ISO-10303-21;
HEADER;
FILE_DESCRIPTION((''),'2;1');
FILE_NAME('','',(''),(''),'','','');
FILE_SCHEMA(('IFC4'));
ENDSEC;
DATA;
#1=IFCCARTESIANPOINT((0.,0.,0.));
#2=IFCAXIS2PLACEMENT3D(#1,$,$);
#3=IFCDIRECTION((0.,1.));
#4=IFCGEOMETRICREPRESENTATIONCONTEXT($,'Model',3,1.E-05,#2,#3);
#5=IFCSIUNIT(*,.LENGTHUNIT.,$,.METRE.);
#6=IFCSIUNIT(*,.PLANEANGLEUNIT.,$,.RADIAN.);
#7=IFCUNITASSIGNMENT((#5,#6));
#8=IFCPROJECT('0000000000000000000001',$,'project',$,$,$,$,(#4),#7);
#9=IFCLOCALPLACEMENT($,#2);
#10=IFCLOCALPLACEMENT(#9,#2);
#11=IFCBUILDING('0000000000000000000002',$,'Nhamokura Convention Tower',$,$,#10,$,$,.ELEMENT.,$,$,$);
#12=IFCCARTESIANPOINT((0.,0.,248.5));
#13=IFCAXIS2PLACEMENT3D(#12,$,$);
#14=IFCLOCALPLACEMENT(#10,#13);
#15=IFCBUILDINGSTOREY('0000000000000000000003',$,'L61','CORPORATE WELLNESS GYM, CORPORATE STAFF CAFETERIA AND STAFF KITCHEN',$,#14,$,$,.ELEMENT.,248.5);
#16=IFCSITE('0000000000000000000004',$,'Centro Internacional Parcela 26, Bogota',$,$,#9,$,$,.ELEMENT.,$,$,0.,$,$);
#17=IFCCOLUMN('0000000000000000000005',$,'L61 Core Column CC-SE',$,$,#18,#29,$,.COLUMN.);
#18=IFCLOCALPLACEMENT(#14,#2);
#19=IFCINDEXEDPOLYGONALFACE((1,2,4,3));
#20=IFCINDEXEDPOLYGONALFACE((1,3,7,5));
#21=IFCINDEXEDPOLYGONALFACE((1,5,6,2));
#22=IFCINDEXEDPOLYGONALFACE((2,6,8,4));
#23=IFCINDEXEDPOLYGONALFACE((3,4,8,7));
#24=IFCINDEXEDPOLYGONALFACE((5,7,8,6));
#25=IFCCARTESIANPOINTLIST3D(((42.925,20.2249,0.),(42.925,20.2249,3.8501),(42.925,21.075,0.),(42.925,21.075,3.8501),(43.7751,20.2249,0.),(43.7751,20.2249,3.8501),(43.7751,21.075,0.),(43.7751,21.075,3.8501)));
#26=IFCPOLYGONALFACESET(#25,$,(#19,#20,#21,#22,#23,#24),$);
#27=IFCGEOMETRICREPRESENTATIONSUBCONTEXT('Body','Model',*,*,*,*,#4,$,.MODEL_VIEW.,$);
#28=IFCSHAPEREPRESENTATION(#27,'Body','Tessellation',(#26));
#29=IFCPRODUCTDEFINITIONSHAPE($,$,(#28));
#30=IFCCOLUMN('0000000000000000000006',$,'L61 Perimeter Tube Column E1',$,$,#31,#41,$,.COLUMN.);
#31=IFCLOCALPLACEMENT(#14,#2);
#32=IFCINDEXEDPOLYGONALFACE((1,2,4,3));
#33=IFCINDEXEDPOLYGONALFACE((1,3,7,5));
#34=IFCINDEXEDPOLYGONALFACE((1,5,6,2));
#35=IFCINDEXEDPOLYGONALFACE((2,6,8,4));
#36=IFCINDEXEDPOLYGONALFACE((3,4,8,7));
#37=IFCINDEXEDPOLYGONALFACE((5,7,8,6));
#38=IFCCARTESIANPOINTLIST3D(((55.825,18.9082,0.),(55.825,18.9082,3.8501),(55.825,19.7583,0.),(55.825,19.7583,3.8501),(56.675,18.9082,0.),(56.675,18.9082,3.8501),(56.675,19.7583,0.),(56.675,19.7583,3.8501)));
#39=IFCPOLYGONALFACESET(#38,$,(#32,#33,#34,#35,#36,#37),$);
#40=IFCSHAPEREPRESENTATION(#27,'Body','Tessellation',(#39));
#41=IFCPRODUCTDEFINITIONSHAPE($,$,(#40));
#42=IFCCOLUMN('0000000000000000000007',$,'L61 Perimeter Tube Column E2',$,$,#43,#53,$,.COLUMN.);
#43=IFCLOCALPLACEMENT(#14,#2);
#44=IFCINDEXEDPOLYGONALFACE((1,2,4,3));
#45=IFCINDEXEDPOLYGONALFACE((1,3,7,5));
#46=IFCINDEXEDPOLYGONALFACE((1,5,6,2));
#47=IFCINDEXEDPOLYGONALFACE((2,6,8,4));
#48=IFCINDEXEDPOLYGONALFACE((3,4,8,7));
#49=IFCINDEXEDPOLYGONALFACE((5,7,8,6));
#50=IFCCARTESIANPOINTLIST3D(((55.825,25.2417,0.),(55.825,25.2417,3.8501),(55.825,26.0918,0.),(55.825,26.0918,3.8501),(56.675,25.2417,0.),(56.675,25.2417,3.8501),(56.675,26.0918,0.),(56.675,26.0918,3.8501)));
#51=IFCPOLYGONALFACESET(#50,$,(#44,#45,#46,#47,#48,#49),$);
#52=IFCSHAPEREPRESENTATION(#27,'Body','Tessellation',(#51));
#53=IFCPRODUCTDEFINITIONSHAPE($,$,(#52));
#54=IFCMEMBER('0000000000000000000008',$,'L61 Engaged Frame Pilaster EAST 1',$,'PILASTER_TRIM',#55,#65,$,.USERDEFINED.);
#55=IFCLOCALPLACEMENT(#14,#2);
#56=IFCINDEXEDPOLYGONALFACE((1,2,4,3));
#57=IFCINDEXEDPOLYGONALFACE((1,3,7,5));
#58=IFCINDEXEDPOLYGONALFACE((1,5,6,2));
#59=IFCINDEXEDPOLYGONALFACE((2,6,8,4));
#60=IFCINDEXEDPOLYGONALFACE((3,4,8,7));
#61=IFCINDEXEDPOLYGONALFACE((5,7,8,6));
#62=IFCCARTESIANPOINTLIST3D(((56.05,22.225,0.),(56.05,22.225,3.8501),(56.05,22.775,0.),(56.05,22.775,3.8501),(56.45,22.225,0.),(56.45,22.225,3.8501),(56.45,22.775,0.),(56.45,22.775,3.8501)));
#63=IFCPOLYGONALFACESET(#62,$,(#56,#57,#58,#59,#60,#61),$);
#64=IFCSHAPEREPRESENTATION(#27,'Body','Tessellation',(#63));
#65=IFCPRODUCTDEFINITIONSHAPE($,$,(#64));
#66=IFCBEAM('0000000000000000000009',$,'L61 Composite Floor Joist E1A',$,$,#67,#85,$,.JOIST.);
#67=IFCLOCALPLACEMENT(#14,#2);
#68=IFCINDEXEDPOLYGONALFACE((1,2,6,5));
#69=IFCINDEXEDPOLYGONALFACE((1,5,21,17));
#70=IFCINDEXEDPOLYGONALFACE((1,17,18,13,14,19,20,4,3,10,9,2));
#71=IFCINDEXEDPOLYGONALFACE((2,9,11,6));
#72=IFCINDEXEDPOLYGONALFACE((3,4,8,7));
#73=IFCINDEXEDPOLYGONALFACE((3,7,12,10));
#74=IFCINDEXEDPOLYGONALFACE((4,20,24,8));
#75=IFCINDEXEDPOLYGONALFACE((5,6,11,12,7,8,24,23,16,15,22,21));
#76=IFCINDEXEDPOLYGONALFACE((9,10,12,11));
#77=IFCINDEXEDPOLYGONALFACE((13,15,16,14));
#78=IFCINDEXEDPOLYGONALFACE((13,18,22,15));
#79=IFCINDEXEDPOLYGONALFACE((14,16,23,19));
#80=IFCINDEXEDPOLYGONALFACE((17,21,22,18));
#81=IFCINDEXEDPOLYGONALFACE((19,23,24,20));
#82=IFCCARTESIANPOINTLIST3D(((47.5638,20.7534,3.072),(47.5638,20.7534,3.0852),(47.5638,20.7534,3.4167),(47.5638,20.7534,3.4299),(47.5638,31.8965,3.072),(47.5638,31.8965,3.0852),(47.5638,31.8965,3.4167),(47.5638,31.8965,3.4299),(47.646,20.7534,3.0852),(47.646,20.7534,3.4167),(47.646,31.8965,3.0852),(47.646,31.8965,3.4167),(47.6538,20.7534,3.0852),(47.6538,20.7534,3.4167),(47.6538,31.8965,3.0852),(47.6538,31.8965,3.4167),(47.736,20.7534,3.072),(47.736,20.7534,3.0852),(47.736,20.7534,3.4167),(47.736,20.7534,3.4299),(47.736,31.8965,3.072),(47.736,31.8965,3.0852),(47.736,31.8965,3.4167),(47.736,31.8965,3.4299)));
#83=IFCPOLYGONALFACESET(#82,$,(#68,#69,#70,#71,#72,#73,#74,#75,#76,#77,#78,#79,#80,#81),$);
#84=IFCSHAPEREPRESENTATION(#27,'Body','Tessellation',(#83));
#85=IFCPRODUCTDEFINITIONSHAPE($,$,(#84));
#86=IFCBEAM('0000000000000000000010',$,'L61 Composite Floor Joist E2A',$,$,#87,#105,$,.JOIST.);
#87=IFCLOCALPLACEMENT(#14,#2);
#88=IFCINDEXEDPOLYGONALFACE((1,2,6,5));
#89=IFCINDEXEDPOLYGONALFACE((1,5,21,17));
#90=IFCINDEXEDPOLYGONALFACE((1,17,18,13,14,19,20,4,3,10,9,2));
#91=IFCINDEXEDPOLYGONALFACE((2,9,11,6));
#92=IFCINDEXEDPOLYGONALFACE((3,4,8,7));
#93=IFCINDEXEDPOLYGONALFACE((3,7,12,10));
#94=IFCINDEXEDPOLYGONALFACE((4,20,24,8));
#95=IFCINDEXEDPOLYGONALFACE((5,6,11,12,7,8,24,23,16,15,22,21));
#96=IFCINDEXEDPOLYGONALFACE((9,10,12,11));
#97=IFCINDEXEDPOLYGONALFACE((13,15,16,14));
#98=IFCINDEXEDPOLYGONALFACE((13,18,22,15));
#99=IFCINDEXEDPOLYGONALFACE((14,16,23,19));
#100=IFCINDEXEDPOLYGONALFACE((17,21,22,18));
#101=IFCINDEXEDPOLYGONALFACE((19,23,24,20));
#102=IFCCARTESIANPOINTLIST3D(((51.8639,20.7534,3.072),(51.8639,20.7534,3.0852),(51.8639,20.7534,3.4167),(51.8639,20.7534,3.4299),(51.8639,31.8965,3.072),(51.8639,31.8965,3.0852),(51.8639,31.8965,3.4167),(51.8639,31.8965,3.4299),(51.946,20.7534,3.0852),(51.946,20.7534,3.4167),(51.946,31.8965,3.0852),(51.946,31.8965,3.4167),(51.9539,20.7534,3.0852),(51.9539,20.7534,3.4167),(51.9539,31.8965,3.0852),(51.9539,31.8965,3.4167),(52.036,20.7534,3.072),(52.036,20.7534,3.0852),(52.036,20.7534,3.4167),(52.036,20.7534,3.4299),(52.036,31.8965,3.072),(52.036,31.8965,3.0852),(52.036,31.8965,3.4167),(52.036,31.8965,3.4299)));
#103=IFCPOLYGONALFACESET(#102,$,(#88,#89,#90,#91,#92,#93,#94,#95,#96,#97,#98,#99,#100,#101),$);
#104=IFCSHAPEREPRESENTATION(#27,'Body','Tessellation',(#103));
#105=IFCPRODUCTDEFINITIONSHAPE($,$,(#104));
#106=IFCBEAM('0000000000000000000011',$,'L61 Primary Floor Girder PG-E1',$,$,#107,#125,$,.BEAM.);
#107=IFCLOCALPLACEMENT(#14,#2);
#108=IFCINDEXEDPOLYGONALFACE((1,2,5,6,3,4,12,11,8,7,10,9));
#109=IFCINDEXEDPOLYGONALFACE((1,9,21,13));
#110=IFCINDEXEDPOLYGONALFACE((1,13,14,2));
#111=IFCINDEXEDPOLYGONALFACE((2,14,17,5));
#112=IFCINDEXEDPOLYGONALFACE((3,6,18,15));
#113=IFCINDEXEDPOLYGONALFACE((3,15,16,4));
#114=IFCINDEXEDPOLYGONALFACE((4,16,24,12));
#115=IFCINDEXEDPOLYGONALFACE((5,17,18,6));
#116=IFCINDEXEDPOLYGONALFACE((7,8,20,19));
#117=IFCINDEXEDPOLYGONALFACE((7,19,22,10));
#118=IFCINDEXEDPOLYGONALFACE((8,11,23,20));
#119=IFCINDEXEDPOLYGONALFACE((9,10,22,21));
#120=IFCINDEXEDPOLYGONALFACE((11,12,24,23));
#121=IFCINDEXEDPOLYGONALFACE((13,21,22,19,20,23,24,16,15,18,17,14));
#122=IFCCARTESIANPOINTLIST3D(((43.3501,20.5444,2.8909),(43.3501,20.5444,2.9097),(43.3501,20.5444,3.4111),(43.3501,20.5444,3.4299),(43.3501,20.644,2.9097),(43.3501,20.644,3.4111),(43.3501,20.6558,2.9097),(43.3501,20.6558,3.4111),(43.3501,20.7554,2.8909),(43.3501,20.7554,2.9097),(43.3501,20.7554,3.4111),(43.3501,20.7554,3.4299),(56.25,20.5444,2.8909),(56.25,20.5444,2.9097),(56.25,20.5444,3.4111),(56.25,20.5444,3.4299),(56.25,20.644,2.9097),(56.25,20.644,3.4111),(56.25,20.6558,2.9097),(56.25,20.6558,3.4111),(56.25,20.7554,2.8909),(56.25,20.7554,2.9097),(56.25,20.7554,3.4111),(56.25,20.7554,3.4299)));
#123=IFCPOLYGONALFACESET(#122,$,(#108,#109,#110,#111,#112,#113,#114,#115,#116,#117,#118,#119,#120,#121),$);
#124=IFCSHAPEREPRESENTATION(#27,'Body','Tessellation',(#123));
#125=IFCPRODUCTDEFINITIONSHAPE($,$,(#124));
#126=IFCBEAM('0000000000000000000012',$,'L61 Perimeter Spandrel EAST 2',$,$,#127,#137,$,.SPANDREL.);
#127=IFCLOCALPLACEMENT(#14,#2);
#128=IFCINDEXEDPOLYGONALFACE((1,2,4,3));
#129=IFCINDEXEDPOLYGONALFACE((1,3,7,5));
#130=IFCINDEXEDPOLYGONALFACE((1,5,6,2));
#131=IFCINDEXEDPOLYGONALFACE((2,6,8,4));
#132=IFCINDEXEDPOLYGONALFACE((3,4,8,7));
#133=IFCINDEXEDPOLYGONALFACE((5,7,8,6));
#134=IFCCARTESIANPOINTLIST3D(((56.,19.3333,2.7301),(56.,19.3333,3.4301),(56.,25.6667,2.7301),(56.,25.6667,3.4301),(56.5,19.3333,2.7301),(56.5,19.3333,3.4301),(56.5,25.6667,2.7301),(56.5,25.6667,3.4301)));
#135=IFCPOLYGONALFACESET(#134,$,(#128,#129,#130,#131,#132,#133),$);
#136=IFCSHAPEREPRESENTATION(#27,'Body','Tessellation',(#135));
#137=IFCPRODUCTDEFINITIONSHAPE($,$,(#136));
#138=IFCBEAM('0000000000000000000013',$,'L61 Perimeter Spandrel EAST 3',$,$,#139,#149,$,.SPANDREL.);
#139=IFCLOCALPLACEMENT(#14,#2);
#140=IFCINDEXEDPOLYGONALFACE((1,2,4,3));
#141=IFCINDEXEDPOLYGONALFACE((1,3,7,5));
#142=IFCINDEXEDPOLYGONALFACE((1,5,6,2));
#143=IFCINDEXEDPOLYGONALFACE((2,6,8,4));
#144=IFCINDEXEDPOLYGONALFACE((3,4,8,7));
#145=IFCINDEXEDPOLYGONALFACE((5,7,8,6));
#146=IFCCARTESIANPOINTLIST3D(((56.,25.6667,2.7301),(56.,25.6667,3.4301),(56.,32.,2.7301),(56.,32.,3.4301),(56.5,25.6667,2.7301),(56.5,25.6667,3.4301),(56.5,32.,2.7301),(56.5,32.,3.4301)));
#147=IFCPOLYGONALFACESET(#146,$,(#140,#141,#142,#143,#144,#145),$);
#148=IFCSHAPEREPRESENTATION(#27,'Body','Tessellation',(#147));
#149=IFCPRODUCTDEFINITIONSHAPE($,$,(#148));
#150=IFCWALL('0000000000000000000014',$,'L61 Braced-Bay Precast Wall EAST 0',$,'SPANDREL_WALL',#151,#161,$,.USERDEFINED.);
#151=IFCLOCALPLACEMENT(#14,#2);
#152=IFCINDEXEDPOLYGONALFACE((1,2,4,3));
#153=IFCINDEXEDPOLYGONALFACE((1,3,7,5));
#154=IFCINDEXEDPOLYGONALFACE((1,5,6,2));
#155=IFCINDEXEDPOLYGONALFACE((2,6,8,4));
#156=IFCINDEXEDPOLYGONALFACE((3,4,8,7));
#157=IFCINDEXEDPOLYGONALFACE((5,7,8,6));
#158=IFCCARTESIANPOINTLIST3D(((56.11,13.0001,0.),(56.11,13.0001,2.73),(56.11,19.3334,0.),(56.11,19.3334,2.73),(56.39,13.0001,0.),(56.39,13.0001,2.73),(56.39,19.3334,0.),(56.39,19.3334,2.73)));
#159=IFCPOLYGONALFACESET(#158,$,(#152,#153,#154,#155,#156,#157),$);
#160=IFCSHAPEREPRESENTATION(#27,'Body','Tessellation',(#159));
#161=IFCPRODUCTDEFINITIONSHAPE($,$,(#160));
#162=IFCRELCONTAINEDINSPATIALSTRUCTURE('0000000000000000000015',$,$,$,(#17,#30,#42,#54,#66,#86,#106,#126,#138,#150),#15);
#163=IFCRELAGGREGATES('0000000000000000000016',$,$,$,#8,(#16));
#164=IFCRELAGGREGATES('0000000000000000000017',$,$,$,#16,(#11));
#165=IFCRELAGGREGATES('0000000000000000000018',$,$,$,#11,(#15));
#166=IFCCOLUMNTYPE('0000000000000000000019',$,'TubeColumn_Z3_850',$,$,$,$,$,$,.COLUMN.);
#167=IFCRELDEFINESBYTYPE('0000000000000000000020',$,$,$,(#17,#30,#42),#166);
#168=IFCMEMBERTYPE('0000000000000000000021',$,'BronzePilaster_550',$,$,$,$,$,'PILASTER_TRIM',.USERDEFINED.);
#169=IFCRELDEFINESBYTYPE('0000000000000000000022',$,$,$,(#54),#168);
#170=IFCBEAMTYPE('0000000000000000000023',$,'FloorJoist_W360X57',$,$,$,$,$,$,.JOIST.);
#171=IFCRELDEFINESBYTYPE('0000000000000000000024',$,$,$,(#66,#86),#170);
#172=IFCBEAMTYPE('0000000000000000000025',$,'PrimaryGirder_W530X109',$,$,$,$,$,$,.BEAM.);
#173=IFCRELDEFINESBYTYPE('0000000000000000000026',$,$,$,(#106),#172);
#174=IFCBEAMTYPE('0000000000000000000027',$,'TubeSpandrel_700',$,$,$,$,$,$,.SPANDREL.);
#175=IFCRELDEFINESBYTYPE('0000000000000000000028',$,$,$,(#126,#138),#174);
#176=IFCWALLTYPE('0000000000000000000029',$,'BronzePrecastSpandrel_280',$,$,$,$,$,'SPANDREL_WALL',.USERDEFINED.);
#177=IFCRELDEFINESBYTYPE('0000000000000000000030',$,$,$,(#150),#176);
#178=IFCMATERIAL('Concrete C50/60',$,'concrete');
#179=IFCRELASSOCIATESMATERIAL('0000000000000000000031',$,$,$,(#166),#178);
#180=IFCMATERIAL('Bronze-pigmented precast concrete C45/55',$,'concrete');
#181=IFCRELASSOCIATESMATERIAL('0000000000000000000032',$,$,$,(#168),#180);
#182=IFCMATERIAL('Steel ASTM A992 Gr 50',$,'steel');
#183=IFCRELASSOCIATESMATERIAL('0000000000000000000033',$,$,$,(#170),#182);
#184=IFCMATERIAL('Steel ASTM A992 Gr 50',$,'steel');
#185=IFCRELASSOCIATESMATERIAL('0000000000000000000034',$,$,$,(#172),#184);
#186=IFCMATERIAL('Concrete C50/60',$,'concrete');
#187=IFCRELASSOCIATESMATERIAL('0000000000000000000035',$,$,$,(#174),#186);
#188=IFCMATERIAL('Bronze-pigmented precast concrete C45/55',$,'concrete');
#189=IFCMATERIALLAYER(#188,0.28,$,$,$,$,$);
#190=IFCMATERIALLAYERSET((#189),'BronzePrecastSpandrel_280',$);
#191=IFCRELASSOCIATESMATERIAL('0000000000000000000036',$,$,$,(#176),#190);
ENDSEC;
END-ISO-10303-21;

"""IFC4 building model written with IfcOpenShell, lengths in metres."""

from ifc_helpers import new_model, si_unit, direction, frame, frame_2d, origin, origin_2d, place, context, subcontext, project, spatial, rectangle, i_section, extrude, material, layer, layer_set, material_profile, profile_set, type_object, element, save


model = new_model("IFC4")

# Units and contexts
model_context = context("Model", 3, precision=1e-05, world=origin(), true_north=direction((0.0, 1.0)))
body_context = subcontext(model_context, "Body", "Model", "MODEL_VIEW")
ifc_project = project(units=[si_unit("LENGTHUNIT", "METRE"), si_unit("PLANEANGLEUNIT", "RADIAN")], contexts=[model_context])

# Site, building, storey
site_placement = place(None, origin())
site = spatial("IfcSite", under=ifc_project, at=site_placement, Name="Centro Internacional Parcela 26, Bogota", CompositionType="ELEMENT", RefElevation=0.0)
building_placement = place(site_placement, origin())
building = spatial("IfcBuilding", under=site, at=building_placement, Name="Nhamokura Convention Tower", CompositionType="ELEMENT")
storey_placement = place(building_placement, frame((0.0, 0.0, 248.5)))
storey = spatial("IfcBuildingStorey", under=building, at=storey_placement, Name="L61", Description="CORPORATE WELLNESS GYM, CORPORATE STAFF CAFETERIA AND STAFF KITCHEN", CompositionType="ELEMENT", Elevation=248.5)

# Columns
ifc_material_1 = material(Name="Concrete C50/60", Category="concrete")
ifc_material_profile_1 = material_profile(ifc_material_1, rectangle(XDim=0.8501, YDim=0.8501, at=origin_2d()))
ifc_profile_set_1 = profile_set([ifc_material_profile_1], Name="Concrete C50/60")
column_type = type_object("IfcColumnType", Name="TubeColumn_Z3_850", PredefinedType="COLUMN", material=ifc_profile_set_1)
for number, where, z_axis, x_axis, name in (
    (1, (43.3501, 20.6499, 0.0), (0.0, 0.0, 1.0), (1.0, 0.0, 0.0), "L61 Core Column CC-SE"),
    (2, (56.25, 19.3333, 0.0), (0.0, 0.0, 1.0), (1.0, 0.0, 0.0), "L61 Perimeter Tube Column E1"),
    (3, (56.25, 25.6667, 0.0), (0.0, 0.0, 1.0), (1.0, 0.0, 0.0), "L61 Perimeter Tube Column E2"),
):
    element("IfcColumn", number, at=place(storey_placement, frame(where, z_axis=z_axis, x_axis=x_axis)), inside=storey, type_object=column_type, Name=name, PredefinedType="COLUMN", context=body_context, shape_type="SweptSolid", body=[
        extrude(rectangle(XDim=0.8501, YDim=0.8501, at=origin_2d()), origin(), (0.0, 0.0, 1.0), 3.8501),
    ])

# Member
ifc_material_2 = material(Name="Bronze-pigmented precast concrete C45/55", Category="concrete")
ifc_material_profile_2 = material_profile(ifc_material_2, rectangle(XDim=0.3999, YDim=0.55, at=origin_2d()))
ifc_profile_set_2 = profile_set([ifc_material_profile_2], Name="Bronze-pigmented precast concrete C45/55")
member_type = type_object("IfcMemberType", Name="BronzePilaster_550", ElementType="PILASTER_TRIM", PredefinedType="USERDEFINED", material=ifc_profile_set_2)
member_placement = place(storey_placement, frame((56.25, 22.5, 0.0), z_axis=(0.0, 0.0, 1.0), x_axis=(1.0, 0.0, 0.0)))
element("IfcMember", 4, at=member_placement, inside=storey, type_object=member_type, Name="L61 Engaged Frame Pilaster EAST 1", ObjectType="PILASTER_TRIM", PredefinedType="USERDEFINED", context=body_context, shape_type="SweptSolid", body=[
    extrude(rectangle(XDim=0.3999, YDim=0.55, at=origin_2d()), origin(), (0.0, 0.0, 1.0), 3.8501),
])

# Beams
ifc_material_3 = material(Name="Steel ASTM A992 Gr 50", Category="steel")
ifc_material_profile_3 = material_profile(ifc_material_3, i_section(OverallWidth=0.1721, OverallDepth=0.3579, WebThickness=0.0078, FlangeThickness=0.0132, at=origin_2d()))
ifc_profile_set_3 = profile_set([ifc_material_profile_3], Name="Steel ASTM A992 Gr 50")
beam_type_1 = type_object("IfcBeamType", Name="FloorJoist_W360X57", PredefinedType="JOIST", material=ifc_profile_set_3)
for number, where, z_axis, x_axis, name in (
    (5, (47.6499, 20.7534, 3.251), (0.0, 1.0, 0.0), (-1.0, 0.0, 0.0), "L61 Composite Floor Joist E1A"),
    (6, (51.95, 20.7534, 3.251), (0.0, 1.0, 0.0), (-1.0, 0.0, 0.0), "L61 Composite Floor Joist E2A"),
):
    element("IfcBeam", number, at=place(storey_placement, frame(where, z_axis=z_axis, x_axis=x_axis)), inside=storey, type_object=beam_type_1, Name=name, PredefinedType="JOIST", context=body_context, shape_type="SweptSolid", body=[
        extrude(i_section(OverallWidth=0.1721, OverallDepth=0.3579, WebThickness=0.0078, FlangeThickness=0.0132, at=origin_2d()), origin(), (0.0, 0.0, 1.0), 11.1431),
    ])
ifc_material_4 = material(Name="Steel ASTM A992 Gr 50", Category="steel")
ifc_material_profile_4 = material_profile(ifc_material_4, i_section(OverallWidth=0.2109, OverallDepth=0.5391, WebThickness=0.0117, FlangeThickness=0.0188, at=origin_2d()))
ifc_profile_set_4 = profile_set([ifc_material_profile_4], Name="Steel ASTM A992 Gr 50")
beam_type_2 = type_object("IfcBeamType", Name="PrimaryGirder_W530X109", PredefinedType="BEAM", material=ifc_profile_set_4)
beam_1_placement = place(storey_placement, frame((43.3501, 20.6499, 3.1604), z_axis=(1.0, 0.0, 0.0), x_axis=(0.0, 1.0, 0.0)))
element("IfcBeam", 7, at=beam_1_placement, inside=storey, type_object=beam_type_2, Name="L61 Primary Floor Girder PG-E1", PredefinedType="BEAM", context=body_context, shape_type="SweptSolid", body=[
    extrude(i_section(OverallWidth=0.2109, OverallDepth=0.5391, WebThickness=0.0117, FlangeThickness=0.0188, at=origin_2d()), origin(), (0.0, 0.0, 1.0), 12.8999),
])
ifc_material_5 = material(Name="Concrete C50/60", Category="concrete")
ifc_material_profile_5 = material_profile(ifc_material_5, rectangle(XDim=0.5, YDim=0.7, at=origin_2d()))
ifc_profile_set_5 = profile_set([ifc_material_profile_5], Name="Concrete C50/60")
beam_type_3 = type_object("IfcBeamType", Name="TubeSpandrel_700", PredefinedType="SPANDREL", material=ifc_profile_set_5)
beam_2_placement = place(storey_placement, frame((56.25, 19.3333, 3.0801), z_axis=(0.0, 1.0, 0.0), x_axis=(-1.0, 0.0, 0.0)))
element("IfcBeam", 8, at=beam_2_placement, inside=storey, type_object=beam_type_3, Name="L61 Perimeter Spandrel EAST 2", PredefinedType="SPANDREL", context=body_context, shape_type="SweptSolid", body=[
    extrude(rectangle(XDim=0.5, YDim=0.7, at=origin_2d()), origin(), (0.0, 0.0, 1.0), 6.3335),
])
beam_3_placement = place(storey_placement, frame((56.25, 25.6667, 3.0801), z_axis=(0.0, 1.0, 0.0), x_axis=(-1.0, 0.0, 0.0)))
element("IfcBeam", 9, at=beam_3_placement, inside=storey, type_object=beam_type_3, Name="L61 Perimeter Spandrel EAST 3", PredefinedType="SPANDREL", context=body_context, shape_type="SweptSolid", body=[
    extrude(rectangle(XDim=0.5, YDim=0.7, at=origin_2d()), origin(), (0.0, 0.0, 1.0), 6.3333),
])

# Wall
ifc_material_6 = material(Name="Bronze-pigmented precast concrete C45/55", Category="concrete")
ifc_layer_1 = layer(ifc_material_6, 0.28)
ifc_layer_set_1 = layer_set([ifc_layer_1], Name="BronzePrecastSpandrel_280")
wall_type_1 = type_object("IfcWallType", Name="BronzePrecastSpandrel_280", ElementType="SPANDREL_WALL", PredefinedType="USERDEFINED", material=ifc_layer_set_1)
wall_1_placement = place(storey_placement, frame((56.25, 19.3333, 0.0), z_axis=(0.0, 0.0, 1.0), x_axis=(0.0, -1.0, 0.0)))
element("IfcWall", 10, at=wall_1_placement, inside=storey, type_object=wall_type_1, Name="L61 Braced-Bay Precast Wall EAST 0", ObjectType="SPANDREL_WALL", PredefinedType="USERDEFINED", context=body_context, shape_type="SweptSolid", body=[
    extrude(rectangle(XDim=6.3333, YDim=0.28, at=frame_2d((3.1665, 0.0))), origin(), (0.0, 0.0, 1.0), 2.73),
])

save(model, "model.ifc")
